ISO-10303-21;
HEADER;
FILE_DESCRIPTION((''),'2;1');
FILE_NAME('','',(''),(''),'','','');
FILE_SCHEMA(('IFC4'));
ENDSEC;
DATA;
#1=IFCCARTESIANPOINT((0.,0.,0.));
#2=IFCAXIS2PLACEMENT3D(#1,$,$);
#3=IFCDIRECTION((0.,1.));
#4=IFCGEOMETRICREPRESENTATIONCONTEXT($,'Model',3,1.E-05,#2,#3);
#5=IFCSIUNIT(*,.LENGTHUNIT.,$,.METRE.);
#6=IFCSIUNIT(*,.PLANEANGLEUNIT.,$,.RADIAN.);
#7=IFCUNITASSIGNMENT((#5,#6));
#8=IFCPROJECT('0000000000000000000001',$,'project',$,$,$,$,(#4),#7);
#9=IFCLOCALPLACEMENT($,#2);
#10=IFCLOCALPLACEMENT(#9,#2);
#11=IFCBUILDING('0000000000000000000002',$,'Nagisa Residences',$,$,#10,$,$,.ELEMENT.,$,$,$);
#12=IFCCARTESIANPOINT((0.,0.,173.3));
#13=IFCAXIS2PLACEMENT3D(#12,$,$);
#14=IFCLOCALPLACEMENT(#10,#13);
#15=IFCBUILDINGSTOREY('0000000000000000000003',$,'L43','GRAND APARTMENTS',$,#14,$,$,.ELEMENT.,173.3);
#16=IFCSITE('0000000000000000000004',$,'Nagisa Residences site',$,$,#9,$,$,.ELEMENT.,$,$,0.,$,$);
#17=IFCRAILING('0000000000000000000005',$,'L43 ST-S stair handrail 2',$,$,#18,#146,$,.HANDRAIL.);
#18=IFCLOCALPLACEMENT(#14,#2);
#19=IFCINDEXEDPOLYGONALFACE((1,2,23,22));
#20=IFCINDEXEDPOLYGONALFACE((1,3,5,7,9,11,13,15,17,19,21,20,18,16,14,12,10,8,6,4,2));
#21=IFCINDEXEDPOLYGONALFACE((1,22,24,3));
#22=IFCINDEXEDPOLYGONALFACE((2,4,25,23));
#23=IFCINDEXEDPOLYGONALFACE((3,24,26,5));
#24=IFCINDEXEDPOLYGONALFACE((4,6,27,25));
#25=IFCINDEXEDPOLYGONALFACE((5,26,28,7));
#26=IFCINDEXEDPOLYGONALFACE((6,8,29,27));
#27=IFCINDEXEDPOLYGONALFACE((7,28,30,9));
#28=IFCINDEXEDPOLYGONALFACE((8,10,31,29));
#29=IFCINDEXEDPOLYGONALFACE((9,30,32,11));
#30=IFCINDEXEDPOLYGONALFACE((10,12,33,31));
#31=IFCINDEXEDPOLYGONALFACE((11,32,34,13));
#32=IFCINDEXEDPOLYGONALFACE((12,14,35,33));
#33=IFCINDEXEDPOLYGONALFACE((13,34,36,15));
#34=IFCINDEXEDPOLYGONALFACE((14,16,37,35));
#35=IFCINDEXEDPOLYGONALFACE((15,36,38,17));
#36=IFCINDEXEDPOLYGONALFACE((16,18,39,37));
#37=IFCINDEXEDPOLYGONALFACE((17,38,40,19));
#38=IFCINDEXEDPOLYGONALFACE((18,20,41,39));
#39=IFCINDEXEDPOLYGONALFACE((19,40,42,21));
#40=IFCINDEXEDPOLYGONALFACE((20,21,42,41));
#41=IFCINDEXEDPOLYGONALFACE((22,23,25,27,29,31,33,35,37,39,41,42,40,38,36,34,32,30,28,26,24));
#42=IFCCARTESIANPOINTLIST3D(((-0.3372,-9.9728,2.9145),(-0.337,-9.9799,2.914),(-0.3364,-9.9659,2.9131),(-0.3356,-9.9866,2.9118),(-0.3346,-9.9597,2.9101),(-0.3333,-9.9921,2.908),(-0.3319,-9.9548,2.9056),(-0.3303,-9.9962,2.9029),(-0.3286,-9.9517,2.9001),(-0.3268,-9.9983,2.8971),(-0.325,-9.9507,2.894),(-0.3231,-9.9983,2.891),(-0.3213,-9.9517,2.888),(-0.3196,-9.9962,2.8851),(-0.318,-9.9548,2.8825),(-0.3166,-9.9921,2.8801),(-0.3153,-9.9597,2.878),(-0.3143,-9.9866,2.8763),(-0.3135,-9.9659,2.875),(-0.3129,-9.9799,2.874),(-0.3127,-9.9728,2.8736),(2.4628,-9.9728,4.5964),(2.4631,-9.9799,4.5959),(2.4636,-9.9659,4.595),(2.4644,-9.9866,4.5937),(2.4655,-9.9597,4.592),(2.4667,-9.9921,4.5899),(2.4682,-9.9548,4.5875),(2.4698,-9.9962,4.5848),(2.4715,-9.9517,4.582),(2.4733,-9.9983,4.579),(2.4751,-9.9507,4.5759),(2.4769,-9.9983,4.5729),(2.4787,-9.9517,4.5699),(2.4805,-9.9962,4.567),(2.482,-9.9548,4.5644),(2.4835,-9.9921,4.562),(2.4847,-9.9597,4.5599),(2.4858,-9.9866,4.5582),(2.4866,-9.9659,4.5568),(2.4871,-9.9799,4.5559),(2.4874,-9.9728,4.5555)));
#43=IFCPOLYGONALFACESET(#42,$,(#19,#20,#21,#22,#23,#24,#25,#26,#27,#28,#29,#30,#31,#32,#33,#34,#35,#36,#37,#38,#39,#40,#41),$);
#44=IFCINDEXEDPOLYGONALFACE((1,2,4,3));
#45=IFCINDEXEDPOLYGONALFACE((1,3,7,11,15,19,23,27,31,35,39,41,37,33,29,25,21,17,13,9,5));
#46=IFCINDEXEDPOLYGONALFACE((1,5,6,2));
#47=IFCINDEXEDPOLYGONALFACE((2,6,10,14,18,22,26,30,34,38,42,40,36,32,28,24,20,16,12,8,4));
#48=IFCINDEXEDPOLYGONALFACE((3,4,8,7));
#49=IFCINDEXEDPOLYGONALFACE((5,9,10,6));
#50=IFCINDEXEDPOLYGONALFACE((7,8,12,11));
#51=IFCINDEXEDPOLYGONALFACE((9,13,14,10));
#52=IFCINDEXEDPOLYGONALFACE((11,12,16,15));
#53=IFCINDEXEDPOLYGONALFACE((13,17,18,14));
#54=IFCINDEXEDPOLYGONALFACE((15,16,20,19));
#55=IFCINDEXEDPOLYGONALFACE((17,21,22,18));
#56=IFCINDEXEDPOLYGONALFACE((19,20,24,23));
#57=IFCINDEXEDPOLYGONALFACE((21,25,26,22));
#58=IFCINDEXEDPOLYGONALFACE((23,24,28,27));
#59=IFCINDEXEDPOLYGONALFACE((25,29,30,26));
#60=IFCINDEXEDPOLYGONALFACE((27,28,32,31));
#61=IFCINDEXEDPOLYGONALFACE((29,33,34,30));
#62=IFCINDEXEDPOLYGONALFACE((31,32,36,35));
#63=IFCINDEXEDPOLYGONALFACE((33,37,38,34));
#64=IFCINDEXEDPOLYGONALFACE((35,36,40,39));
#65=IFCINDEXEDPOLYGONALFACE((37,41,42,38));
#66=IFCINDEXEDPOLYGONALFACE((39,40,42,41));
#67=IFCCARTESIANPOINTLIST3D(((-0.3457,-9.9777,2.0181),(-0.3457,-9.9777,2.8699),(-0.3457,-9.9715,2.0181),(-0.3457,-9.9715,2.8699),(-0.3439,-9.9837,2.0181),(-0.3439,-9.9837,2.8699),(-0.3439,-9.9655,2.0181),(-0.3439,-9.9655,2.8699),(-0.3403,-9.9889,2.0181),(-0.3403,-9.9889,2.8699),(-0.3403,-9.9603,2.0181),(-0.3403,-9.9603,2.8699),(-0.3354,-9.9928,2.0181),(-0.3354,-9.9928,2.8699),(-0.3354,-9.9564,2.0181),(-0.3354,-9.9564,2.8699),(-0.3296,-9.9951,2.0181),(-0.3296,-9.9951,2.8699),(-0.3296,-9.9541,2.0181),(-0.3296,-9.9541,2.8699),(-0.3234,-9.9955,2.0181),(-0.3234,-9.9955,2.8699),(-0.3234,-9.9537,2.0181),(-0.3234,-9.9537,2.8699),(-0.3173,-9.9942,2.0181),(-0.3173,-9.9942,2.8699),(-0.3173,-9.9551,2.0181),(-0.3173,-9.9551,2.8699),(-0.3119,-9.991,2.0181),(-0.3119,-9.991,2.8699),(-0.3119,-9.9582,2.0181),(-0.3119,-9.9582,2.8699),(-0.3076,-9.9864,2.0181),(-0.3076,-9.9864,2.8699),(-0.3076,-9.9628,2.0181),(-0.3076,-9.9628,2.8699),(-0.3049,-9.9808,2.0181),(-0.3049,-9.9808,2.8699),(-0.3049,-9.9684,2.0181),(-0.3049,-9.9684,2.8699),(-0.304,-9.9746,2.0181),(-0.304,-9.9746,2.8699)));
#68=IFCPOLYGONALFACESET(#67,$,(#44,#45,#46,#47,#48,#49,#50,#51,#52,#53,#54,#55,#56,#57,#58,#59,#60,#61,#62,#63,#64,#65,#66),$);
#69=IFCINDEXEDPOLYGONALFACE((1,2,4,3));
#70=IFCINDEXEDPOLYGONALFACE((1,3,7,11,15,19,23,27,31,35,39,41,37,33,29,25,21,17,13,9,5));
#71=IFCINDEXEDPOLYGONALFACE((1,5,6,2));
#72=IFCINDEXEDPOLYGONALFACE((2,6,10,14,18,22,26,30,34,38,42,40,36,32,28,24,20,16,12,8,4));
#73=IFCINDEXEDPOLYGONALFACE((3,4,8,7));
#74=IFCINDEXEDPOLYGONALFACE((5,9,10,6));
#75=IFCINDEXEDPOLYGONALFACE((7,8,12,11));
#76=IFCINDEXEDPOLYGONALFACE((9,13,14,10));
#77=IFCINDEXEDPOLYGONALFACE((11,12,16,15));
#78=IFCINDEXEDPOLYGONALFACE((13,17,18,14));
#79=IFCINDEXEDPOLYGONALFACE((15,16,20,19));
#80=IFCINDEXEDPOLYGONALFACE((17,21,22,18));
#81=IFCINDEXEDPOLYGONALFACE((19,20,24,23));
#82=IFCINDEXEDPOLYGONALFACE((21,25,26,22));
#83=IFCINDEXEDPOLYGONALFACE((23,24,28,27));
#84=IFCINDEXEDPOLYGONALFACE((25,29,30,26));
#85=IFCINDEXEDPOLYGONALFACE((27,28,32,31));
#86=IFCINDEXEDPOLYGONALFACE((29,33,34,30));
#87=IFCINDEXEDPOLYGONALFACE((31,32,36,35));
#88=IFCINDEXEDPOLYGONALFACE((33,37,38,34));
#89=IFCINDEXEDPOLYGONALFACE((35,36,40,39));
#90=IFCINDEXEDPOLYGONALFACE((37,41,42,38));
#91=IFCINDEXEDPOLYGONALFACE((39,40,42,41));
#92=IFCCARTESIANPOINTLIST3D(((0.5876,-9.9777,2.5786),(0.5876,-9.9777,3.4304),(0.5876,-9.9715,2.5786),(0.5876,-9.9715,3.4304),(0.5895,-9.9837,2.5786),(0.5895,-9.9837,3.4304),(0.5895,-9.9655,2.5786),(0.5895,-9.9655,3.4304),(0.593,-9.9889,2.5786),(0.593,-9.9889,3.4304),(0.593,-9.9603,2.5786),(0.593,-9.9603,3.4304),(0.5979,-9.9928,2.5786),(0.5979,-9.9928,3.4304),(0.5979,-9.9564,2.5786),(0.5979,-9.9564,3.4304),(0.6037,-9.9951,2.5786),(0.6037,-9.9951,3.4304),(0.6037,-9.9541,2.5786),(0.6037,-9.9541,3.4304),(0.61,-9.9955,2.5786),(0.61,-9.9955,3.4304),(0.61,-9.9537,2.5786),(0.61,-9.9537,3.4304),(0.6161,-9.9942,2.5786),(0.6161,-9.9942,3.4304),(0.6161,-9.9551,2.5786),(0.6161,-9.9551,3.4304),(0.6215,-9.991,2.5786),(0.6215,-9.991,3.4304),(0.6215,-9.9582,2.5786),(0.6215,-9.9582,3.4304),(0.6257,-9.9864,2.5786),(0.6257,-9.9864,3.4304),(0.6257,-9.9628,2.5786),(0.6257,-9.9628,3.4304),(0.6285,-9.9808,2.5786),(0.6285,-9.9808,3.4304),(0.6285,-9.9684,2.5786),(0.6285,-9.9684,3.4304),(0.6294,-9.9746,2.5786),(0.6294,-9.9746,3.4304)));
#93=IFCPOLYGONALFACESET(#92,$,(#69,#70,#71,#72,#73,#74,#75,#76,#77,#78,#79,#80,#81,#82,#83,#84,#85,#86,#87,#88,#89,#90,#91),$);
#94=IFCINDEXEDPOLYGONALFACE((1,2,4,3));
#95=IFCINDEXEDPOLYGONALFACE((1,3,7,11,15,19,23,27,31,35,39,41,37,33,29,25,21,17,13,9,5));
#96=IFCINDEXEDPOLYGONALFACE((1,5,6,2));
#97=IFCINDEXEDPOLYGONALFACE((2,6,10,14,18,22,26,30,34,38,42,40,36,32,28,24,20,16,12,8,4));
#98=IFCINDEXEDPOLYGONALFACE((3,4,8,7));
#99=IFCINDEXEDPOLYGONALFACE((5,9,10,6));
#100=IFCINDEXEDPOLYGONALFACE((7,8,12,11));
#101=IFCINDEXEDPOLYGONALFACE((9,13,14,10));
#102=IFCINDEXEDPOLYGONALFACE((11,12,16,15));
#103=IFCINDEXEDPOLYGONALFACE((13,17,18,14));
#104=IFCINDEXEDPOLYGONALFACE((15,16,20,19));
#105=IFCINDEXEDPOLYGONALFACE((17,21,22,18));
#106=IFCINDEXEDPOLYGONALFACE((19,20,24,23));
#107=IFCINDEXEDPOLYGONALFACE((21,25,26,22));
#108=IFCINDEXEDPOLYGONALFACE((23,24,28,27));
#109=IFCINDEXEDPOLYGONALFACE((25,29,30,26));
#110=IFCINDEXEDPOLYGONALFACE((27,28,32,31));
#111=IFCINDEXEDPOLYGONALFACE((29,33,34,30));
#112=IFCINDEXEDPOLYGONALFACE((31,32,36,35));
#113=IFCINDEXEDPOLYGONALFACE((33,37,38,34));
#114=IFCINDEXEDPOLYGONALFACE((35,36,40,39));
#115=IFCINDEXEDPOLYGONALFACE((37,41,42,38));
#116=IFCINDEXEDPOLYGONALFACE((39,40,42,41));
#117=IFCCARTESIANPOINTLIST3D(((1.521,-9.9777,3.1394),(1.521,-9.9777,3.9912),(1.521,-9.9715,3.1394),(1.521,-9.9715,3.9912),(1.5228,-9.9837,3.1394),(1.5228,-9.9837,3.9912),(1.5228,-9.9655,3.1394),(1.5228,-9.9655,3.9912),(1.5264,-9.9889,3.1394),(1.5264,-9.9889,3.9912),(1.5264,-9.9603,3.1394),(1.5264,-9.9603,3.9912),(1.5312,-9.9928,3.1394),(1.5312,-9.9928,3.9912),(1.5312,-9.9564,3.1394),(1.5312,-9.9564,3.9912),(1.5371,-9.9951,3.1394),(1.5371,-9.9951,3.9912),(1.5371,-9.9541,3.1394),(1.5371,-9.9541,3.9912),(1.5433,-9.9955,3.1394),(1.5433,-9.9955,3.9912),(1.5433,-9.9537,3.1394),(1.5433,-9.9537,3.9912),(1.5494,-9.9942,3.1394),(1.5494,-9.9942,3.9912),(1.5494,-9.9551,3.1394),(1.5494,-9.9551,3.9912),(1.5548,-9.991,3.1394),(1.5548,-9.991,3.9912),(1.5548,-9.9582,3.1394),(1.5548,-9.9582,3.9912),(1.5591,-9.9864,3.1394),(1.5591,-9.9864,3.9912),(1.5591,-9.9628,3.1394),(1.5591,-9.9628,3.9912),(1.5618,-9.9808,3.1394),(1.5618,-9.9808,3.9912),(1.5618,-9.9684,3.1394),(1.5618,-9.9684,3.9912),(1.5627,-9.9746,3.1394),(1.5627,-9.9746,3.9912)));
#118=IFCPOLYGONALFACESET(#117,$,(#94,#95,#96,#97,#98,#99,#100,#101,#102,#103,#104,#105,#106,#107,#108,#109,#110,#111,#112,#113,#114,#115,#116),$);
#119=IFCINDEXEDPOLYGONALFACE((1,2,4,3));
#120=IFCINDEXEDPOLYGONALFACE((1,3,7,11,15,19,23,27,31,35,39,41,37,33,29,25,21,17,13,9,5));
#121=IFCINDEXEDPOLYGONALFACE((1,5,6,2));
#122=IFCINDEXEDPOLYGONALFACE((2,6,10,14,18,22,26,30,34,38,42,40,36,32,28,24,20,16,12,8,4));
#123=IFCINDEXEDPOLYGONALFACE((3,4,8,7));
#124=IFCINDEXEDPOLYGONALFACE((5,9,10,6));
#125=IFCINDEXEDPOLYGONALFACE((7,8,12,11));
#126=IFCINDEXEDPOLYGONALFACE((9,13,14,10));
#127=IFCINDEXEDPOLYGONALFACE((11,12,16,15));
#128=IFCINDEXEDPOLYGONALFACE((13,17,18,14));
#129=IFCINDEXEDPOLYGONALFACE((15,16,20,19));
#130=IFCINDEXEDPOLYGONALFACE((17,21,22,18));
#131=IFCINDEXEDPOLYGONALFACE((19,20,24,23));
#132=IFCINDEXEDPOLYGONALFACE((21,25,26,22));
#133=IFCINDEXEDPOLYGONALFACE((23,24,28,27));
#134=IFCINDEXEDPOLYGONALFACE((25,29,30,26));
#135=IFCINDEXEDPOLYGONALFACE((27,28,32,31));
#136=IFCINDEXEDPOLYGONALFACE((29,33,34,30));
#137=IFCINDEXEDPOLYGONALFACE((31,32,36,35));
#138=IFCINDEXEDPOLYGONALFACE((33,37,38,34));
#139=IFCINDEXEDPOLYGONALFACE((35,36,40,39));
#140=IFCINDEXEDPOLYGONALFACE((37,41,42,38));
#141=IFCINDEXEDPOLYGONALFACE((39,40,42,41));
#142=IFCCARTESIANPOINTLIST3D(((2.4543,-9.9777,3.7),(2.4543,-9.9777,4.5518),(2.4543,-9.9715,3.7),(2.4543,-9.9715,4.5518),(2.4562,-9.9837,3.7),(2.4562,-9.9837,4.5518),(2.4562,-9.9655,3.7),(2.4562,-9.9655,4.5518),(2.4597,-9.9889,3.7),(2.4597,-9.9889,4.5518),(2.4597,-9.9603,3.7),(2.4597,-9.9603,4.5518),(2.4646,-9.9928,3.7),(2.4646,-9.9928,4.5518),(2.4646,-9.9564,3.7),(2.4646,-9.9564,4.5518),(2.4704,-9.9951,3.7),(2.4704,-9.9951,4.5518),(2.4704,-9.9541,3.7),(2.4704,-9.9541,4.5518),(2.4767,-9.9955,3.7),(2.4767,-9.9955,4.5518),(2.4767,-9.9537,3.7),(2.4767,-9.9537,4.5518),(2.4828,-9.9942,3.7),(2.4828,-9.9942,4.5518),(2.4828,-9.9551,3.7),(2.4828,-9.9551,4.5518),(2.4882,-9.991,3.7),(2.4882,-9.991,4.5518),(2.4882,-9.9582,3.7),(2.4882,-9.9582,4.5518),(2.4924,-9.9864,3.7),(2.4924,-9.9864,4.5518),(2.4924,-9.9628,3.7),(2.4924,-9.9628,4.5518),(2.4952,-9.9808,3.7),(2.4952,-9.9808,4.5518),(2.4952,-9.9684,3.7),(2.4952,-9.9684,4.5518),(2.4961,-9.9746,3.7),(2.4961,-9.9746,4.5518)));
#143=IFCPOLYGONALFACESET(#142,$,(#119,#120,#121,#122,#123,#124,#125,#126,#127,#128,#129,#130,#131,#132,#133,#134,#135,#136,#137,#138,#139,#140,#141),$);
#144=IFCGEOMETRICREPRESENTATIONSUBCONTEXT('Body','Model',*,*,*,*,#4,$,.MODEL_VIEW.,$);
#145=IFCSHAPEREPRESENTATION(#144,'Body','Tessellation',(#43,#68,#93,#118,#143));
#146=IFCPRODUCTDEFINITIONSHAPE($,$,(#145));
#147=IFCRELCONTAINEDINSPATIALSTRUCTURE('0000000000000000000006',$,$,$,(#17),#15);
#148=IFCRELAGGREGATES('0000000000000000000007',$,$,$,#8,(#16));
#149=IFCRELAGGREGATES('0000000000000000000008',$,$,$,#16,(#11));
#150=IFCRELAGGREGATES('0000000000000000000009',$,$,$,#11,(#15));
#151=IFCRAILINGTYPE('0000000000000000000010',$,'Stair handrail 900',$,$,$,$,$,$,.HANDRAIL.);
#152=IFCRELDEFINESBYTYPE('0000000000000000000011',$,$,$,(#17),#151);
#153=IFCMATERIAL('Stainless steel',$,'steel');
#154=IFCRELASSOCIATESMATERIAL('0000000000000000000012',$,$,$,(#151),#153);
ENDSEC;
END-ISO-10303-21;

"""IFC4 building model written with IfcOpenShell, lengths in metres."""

from ifc_helpers import new_model, si_unit, direction, frame, origin, origin_2d, place, context, subcontext, project, spatial, circle, extrude, material, type_object, element, save


model = new_model("IFC4")

# Units and contexts
model_context = context("Model", 3, precision=1e-05, world=origin(), true_north=direction((0.0, 1.0)))
body_context = subcontext(model_context, "Body", "Model", "MODEL_VIEW")
ifc_project = project(units=[si_unit("LENGTHUNIT", "METRE"), si_unit("PLANEANGLEUNIT", "RADIAN")], contexts=[model_context])

# Site, building, storey
site_placement = place(None, origin())
site = spatial("IfcSite", under=ifc_project, at=site_placement, Name="Nagisa Residences site", CompositionType="ELEMENT", RefElevation=0.0)
building_placement = place(site_placement, origin())
building = spatial("IfcBuilding", under=site, at=building_placement, Name="Nagisa Residences", CompositionType="ELEMENT")
storey_placement = place(building_placement, frame((0.0, 0.0, 173.3)))
storey = spatial("IfcBuildingStorey", under=building, at=storey_placement, Name="L43", Description="GRAND APARTMENTS", CompositionType="ELEMENT", Elevation=173.3)

# Railing
ifc_material_1 = material(Name="Stainless steel", Category="steel")
railing_type = type_object("IfcRailingType", Name="Stair handrail 900", PredefinedType="HANDRAIL", material=ifc_material_1)
railing_placement = place(storey_placement, frame((-0.325, -9.9746, 2.0181)))
element("IfcRailing", 1, at=railing_placement, inside=storey, type_object=railing_type, Name="L43 ST-S stair handrail 2", PredefinedType="HANDRAIL", context=body_context, shape_type="SweptSolid", body=[
    extrude(circle(Radius=0.0239, at=origin_2d()), frame((0.0, 0.0, 0.876), z_axis=(0.857242, 0.0, 0.514913), x_axis=(0.0, 1.0, 0.0)), (0.0, 0.0, 1.0), 3.2664),
    extrude(circle(Radius=0.021, at=origin_2d()), origin(), (0.0, 0.0, 1.0), 0.8518),
    extrude(circle(Radius=0.021, at=origin_2d()), frame((0.9333, 0.0, 0.5605)), (0.0, 0.0, 1.0), 0.8518),
    extrude(circle(Radius=0.021, at=origin_2d()), frame((1.8667, 0.0, 1.1213)), (0.0, 0.0, 1.0), 0.8518),
    extrude(circle(Radius=0.021, at=origin_2d()), frame((2.8, 0.0, 1.6819)), (0.0, 0.0, 1.0), 0.8518),
])

save(model, "model.ifc")
